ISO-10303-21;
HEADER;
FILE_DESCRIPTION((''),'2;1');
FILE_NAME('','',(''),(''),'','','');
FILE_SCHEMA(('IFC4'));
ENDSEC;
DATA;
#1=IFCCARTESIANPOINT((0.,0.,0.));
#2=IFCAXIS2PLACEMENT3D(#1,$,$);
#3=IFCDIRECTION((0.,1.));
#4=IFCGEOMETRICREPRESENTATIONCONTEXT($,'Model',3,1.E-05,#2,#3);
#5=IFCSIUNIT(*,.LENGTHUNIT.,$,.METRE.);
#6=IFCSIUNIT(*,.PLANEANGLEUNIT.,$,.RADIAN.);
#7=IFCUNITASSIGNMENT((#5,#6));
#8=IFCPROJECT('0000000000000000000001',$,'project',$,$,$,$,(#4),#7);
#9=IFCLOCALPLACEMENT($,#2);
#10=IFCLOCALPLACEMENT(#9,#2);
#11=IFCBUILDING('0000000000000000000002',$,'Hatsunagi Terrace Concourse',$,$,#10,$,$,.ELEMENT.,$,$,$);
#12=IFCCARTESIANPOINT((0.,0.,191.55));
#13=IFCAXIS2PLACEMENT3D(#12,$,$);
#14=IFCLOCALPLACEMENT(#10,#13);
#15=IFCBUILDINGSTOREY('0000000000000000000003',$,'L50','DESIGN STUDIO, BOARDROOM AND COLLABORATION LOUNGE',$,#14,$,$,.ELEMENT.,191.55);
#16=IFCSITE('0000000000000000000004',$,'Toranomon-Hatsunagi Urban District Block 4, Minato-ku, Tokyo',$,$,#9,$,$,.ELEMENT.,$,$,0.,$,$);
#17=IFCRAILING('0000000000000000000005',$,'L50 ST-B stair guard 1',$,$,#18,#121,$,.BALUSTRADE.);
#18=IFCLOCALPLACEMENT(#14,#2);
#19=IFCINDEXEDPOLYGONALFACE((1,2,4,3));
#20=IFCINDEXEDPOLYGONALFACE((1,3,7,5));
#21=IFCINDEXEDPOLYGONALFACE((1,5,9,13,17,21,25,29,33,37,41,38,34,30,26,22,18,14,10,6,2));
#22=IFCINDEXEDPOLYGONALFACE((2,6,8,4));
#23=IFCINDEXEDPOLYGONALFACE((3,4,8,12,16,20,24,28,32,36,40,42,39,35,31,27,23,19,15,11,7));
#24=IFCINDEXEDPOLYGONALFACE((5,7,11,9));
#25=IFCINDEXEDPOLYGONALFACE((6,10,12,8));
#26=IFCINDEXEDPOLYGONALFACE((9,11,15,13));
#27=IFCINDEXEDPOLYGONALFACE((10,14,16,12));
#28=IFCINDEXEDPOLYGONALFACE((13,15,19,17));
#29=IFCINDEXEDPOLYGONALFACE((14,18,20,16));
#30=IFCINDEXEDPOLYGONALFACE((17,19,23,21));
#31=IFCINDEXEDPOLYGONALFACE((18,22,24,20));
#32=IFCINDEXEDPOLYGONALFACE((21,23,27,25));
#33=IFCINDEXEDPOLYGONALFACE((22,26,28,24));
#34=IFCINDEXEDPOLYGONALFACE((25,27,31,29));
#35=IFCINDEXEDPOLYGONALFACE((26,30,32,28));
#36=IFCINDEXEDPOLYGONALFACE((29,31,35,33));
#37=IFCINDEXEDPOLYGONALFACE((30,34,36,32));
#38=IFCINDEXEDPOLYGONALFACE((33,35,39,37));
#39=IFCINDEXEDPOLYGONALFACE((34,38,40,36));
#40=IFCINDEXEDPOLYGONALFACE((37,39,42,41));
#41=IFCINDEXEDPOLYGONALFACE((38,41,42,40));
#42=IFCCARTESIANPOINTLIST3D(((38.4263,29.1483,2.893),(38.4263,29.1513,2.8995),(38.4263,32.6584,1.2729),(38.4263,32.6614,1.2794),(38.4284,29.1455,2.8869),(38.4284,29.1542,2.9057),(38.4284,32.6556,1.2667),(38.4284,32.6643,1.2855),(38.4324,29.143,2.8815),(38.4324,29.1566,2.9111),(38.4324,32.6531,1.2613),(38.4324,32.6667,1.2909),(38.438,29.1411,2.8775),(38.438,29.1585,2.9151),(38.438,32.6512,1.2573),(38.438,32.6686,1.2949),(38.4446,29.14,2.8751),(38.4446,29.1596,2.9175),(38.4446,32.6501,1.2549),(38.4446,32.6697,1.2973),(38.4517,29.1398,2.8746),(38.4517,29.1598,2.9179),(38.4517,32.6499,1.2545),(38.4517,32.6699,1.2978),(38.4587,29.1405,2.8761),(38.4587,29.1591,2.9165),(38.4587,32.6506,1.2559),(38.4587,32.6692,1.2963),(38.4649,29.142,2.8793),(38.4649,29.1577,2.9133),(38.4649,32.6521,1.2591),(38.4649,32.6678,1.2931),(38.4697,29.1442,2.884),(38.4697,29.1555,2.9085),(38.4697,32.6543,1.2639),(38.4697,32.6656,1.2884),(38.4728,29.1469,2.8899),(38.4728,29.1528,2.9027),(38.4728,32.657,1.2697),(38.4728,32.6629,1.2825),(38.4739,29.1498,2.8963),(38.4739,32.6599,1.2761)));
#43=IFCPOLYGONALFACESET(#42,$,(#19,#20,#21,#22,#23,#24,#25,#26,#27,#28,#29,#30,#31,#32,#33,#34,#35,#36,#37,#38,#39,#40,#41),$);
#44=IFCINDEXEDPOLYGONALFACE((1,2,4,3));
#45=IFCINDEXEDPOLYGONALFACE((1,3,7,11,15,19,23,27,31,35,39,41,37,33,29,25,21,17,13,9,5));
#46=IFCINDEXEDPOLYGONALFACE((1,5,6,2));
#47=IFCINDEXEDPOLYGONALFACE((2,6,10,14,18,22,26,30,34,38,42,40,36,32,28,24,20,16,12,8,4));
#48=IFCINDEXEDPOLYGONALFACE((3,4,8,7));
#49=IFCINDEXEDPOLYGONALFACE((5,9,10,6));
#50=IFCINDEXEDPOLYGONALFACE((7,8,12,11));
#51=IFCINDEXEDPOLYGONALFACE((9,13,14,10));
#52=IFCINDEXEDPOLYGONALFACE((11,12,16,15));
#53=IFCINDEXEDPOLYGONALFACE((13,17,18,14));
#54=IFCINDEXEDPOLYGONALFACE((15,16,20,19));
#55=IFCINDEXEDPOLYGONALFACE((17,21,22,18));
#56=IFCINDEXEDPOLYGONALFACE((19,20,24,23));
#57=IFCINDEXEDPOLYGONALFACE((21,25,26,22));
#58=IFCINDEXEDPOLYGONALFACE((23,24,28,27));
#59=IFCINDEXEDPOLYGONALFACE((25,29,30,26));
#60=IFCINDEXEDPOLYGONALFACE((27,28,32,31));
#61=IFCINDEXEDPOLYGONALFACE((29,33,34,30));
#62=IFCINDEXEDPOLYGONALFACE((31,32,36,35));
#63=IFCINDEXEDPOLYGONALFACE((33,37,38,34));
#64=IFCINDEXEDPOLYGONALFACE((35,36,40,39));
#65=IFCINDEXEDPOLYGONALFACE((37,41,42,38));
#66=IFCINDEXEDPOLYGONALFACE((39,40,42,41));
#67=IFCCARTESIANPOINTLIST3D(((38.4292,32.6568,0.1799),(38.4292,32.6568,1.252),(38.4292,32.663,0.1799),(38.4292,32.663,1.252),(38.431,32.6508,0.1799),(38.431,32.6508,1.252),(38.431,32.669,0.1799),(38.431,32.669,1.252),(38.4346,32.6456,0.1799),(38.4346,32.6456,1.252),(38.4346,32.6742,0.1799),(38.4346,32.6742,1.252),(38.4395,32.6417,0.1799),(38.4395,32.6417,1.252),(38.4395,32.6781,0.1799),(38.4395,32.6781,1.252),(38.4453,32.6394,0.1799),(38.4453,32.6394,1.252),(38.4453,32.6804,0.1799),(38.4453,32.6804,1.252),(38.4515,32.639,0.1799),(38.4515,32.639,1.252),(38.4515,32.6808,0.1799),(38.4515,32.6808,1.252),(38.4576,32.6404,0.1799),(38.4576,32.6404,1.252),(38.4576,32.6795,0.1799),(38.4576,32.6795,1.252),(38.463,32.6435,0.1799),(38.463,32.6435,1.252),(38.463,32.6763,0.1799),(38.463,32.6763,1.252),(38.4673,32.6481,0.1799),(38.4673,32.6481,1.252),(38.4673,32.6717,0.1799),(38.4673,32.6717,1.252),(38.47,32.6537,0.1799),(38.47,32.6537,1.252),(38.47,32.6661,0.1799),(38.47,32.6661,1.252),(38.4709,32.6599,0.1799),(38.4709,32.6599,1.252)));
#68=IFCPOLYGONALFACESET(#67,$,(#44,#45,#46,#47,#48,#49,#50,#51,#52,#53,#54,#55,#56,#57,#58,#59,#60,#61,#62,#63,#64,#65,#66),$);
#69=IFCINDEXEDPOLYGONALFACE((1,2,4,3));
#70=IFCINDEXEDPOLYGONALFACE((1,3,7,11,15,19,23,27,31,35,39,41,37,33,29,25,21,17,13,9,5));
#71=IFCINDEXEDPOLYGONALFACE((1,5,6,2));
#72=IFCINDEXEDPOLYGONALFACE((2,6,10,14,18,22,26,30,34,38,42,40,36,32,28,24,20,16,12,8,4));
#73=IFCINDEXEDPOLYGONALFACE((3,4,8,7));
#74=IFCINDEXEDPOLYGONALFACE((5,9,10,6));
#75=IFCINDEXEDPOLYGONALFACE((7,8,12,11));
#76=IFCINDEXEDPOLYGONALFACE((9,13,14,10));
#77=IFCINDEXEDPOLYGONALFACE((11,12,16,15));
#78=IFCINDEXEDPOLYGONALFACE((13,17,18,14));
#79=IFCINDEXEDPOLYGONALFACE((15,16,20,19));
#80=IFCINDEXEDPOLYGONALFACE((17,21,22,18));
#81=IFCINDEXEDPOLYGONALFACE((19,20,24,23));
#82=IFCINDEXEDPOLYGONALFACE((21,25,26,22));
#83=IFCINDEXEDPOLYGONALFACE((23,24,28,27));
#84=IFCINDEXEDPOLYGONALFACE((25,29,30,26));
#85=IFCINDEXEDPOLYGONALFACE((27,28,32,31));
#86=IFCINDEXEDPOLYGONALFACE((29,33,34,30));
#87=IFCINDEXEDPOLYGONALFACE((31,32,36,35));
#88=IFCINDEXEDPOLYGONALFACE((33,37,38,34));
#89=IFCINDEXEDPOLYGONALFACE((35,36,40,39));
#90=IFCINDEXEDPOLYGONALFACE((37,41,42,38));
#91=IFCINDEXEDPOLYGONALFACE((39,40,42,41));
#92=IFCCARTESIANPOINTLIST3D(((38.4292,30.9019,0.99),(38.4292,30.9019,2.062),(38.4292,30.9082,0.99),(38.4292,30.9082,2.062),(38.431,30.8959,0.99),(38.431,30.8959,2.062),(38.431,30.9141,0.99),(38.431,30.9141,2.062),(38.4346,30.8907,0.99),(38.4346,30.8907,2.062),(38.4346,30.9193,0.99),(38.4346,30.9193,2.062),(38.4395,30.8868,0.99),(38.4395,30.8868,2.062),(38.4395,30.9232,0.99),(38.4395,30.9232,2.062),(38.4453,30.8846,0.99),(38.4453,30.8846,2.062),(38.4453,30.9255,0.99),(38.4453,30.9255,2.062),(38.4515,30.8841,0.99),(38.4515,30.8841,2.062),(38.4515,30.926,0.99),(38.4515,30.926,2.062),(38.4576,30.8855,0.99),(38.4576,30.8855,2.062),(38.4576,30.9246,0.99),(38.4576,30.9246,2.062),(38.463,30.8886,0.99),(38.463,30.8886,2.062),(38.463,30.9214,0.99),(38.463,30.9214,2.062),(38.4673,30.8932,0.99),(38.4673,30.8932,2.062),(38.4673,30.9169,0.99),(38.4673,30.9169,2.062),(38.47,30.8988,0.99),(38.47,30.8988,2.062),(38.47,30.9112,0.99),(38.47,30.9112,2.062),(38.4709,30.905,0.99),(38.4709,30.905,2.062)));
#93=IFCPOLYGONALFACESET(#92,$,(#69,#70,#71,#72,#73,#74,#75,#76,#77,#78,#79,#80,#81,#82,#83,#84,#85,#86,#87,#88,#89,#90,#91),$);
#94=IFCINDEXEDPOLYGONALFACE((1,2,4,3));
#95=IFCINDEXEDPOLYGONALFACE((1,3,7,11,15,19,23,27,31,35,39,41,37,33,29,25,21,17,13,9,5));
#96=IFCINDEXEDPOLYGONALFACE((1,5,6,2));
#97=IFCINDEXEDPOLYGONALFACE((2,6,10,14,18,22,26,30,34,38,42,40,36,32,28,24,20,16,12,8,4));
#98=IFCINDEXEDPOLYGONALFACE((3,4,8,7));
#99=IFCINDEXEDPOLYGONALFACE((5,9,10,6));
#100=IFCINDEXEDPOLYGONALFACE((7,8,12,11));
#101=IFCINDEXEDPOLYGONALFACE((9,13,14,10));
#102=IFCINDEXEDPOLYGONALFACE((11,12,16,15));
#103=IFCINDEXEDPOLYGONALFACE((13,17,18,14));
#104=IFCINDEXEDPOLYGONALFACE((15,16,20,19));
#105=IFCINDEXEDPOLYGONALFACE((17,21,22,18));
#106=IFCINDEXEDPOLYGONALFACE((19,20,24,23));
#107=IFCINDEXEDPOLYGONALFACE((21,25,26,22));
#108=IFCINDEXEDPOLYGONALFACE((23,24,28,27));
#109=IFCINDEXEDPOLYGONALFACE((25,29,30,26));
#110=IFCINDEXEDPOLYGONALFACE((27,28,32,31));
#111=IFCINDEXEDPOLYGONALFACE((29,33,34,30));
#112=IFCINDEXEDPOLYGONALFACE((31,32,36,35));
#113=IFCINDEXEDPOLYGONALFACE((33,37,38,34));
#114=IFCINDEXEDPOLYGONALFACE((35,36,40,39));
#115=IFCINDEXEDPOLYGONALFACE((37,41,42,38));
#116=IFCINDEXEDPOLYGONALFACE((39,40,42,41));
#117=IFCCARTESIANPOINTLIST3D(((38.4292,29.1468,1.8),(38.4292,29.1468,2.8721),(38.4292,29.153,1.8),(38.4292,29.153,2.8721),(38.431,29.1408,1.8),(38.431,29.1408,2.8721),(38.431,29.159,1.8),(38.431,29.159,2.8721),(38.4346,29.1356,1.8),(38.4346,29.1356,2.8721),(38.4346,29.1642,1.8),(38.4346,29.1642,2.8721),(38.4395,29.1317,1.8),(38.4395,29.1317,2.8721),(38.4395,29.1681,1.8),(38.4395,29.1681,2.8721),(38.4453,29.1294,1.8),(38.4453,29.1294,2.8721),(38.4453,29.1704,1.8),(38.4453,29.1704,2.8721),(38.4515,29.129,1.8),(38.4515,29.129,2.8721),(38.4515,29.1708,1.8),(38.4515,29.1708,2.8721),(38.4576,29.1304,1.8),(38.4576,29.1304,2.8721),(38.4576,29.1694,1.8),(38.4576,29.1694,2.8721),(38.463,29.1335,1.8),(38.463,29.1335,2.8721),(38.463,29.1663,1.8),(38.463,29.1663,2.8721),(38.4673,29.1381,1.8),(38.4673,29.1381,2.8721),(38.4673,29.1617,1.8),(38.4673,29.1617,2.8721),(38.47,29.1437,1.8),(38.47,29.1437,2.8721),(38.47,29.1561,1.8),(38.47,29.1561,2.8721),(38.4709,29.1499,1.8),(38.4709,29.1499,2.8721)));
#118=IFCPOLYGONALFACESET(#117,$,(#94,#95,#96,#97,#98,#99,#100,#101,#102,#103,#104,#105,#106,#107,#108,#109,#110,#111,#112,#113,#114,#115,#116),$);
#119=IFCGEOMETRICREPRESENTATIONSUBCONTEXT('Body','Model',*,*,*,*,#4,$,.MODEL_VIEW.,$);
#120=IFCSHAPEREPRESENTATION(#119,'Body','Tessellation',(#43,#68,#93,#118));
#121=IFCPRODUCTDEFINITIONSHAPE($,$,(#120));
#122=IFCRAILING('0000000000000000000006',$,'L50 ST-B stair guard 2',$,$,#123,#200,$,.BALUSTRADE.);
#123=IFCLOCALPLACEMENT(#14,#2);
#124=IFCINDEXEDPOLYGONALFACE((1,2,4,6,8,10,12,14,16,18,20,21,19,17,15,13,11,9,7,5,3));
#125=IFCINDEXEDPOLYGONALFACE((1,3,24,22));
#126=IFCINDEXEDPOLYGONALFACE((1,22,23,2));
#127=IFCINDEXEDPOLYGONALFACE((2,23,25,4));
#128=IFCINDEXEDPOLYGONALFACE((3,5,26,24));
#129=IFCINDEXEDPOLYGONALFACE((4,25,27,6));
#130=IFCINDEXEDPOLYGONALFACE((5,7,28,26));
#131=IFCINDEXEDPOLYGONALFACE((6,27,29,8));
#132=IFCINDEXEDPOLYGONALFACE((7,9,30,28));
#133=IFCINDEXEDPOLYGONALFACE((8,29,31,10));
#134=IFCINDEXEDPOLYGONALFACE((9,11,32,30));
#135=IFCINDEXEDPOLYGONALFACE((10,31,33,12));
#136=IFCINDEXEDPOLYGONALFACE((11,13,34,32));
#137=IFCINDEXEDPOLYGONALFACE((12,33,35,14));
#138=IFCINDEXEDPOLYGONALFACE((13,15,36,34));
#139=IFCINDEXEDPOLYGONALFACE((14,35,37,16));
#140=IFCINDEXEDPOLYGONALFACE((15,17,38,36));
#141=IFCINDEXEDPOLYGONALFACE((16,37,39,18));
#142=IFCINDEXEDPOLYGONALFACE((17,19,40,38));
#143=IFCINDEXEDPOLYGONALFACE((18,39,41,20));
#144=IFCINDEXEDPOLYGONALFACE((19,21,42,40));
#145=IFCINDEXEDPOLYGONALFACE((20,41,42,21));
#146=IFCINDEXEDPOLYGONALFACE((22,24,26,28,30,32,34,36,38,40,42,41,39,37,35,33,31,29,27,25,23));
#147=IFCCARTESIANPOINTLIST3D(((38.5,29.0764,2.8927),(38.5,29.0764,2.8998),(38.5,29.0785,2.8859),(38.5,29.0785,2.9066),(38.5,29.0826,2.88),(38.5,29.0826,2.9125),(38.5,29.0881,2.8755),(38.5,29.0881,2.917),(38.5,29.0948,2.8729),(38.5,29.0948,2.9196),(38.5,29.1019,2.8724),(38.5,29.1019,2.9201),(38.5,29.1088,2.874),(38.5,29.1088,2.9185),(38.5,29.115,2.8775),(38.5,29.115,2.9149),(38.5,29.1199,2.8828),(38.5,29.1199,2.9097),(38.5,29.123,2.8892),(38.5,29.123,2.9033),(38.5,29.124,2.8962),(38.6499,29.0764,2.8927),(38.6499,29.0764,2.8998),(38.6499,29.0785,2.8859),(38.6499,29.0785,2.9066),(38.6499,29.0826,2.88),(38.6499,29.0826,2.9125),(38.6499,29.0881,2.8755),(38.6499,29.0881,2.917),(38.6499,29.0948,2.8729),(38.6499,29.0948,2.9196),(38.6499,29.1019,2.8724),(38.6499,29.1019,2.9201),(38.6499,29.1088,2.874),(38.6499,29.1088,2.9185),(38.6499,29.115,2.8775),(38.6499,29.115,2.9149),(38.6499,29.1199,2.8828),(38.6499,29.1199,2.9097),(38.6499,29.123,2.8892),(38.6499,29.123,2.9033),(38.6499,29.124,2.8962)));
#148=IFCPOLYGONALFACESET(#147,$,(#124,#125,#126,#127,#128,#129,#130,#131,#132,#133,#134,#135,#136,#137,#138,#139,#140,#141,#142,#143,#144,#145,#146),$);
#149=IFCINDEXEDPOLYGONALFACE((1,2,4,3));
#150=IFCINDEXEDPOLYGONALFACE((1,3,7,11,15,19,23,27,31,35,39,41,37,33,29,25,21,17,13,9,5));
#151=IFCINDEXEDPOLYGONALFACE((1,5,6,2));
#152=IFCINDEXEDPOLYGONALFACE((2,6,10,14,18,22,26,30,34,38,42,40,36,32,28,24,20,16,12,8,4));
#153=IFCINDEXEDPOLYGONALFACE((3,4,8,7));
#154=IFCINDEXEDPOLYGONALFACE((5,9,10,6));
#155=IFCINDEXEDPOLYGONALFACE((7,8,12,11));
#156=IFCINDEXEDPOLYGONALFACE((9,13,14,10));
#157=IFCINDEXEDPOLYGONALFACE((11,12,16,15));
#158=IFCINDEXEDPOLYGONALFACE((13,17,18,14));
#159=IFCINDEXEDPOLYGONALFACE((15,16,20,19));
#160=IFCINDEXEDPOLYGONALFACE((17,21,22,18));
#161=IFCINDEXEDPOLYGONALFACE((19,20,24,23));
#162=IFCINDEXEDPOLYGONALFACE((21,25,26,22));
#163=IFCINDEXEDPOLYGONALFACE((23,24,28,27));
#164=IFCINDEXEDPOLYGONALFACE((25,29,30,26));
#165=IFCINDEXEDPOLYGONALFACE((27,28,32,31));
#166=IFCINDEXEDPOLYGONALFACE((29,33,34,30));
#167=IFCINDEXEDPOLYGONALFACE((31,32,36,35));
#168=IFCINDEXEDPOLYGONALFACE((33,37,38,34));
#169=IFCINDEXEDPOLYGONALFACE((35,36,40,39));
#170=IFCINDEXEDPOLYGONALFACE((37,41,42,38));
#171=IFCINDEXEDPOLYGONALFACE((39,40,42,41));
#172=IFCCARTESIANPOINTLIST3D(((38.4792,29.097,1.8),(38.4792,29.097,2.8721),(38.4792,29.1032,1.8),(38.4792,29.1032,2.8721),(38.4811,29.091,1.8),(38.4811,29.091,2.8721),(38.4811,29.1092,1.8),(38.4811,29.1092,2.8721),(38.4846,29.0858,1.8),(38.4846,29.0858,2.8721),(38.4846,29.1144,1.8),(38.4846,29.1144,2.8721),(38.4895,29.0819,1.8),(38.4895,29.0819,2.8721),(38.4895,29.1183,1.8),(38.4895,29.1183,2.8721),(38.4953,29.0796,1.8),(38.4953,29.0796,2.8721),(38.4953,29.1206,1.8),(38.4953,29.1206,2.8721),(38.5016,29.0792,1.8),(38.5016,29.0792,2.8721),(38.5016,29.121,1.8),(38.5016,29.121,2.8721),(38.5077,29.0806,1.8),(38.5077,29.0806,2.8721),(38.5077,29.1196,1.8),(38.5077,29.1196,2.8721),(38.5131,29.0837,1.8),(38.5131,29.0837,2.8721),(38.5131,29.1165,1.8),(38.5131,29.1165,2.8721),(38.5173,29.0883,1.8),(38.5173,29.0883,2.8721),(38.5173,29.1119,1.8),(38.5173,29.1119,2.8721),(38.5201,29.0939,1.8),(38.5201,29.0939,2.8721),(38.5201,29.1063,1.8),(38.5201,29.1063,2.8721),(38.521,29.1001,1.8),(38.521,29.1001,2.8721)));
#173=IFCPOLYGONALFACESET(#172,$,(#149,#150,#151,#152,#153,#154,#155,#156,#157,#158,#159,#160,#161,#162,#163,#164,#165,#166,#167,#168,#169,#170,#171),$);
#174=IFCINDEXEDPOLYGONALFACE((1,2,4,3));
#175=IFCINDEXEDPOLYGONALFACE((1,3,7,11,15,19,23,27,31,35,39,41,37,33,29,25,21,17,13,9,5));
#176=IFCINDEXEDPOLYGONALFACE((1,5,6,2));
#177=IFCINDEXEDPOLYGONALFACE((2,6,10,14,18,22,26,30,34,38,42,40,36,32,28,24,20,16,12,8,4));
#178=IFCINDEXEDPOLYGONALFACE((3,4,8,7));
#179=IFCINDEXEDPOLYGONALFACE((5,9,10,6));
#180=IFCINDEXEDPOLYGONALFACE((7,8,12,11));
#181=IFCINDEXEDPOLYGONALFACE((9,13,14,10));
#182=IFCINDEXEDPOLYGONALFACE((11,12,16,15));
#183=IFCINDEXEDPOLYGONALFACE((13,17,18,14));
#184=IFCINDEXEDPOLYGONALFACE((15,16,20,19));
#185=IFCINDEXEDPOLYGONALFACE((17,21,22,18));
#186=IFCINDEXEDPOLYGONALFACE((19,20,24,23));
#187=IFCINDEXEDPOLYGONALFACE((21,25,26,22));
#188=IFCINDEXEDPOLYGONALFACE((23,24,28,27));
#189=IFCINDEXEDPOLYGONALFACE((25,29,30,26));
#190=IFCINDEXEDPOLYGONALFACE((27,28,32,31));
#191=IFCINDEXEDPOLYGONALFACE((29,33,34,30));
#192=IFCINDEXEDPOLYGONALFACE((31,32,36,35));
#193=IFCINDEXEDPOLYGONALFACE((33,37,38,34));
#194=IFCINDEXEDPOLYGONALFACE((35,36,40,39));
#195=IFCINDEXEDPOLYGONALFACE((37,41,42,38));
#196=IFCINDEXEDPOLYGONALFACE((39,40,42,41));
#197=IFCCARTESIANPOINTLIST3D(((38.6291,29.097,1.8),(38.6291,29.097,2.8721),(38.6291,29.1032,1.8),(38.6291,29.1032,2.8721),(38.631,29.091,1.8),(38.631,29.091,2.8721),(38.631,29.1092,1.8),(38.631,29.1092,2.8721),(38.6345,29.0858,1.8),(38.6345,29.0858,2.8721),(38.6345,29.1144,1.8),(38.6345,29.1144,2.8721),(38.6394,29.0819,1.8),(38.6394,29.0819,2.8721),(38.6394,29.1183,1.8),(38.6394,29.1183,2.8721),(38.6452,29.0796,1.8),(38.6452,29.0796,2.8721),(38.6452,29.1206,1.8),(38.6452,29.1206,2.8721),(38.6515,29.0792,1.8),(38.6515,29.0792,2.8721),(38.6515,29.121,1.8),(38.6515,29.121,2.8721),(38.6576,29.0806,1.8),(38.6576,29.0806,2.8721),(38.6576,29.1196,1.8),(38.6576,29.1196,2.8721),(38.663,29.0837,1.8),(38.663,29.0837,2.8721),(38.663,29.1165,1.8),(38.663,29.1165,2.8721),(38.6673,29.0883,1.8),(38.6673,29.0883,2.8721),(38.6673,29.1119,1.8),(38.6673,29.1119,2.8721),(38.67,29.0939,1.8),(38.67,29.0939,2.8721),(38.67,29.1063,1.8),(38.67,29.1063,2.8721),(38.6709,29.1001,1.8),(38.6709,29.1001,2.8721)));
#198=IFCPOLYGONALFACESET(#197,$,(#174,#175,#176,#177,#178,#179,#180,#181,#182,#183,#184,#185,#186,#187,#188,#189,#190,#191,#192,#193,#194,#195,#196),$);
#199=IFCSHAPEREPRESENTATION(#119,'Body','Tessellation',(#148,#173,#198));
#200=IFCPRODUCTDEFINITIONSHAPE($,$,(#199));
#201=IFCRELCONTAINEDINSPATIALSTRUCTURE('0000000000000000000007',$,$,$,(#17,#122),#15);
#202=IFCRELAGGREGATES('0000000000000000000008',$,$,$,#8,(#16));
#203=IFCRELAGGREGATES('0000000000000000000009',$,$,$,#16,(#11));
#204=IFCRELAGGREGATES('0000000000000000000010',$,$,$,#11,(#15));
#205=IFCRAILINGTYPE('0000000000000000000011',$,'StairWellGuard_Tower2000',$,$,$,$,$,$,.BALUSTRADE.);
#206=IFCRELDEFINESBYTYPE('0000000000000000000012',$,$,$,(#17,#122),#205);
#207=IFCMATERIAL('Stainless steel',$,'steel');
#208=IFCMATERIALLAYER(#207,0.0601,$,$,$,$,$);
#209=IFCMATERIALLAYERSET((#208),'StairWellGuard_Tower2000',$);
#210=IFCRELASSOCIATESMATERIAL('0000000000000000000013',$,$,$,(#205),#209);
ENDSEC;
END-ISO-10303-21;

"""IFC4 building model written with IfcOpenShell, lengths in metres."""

from ifc_helpers import new_model, si_unit, direction, frame, origin, origin_2d, place, context, subcontext, project, spatial, circle, extrude, material, layer, layer_set, type_object, element, save


model = new_model("IFC4")

# Units and contexts
model_context = context("Model", 3, precision=1e-05, world=origin(), true_north=direction((0.0, 1.0)))
body_context = subcontext(model_context, "Body", "Model", "MODEL_VIEW")
ifc_project = project(units=[si_unit("LENGTHUNIT", "METRE"), si_unit("PLANEANGLEUNIT", "RADIAN")], contexts=[model_context])

# Site, building, storey
site_placement = place(None, origin())
site = spatial("IfcSite", under=ifc_project, at=site_placement, Name="Toranomon-Hatsunagi Urban District Block 4, Minato-ku, Tokyo", CompositionType="ELEMENT", RefElevation=0.0)
building_placement = place(site_placement, origin())
building = spatial("IfcBuilding", under=site, at=building_placement, Name="Hatsunagi Terrace Concourse", CompositionType="ELEMENT")
storey_placement = place(building_placement, frame((0.0, 0.0, 191.55)))
storey = spatial("IfcBuildingStorey", under=building, at=storey_placement, Name="L50", Description="DESIGN STUDIO, BOARDROOM AND COLLABORATION LOUNGE", CompositionType="ELEMENT", Elevation=191.55)

# Railings
ifc_material_1 = material(Name="Stainless steel", Category="steel")
ifc_layer_1 = layer(ifc_material_1, 0.0601)
ifc_layer_set_1 = layer_set([ifc_layer_1], Name="StairWellGuard_Tower2000")
railing_type_1 = type_object("IfcRailingType", Name="StairWellGuard_Tower2000", PredefinedType="BALUSTRADE", material=ifc_layer_set_1)
railing_1_placement = place(storey_placement, frame((38.45, 32.6599, 0.1799)))
element("IfcRailing", 1, at=railing_1_placement, inside=storey, type_object=railing_type_1, Name="L50 ST-B stair guard 1", PredefinedType="BALUSTRADE", context=body_context, shape_type="SweptSolid", body=[
    extrude(circle(Radius=0.0239, at=origin_2d()), frame((0.0, 0.0, 1.0962), z_axis=(0.0, -0.907948, 0.419082), x_axis=(1.0, 0.0, 0.0)), (0.0, 0.0, 1.0), 3.866),
    extrude(circle(Radius=0.021, at=origin_2d()), origin(), (0.0, 0.0, 1.0), 1.072),
    extrude(circle(Radius=0.021, at=origin_2d()), frame((0.0, -1.7549, 0.8101)), (0.0, 0.0, 1.0), 1.072),
    extrude(circle(Radius=0.021, at=origin_2d()), frame((0.0, -3.51, 1.6201)), (0.0, 0.0, 1.0), 1.072),
])
railing_2_placement = place(storey_placement, frame((38.5, 29.1001, 1.8)))
element("IfcRailing", 2, at=railing_2_placement, inside=storey, type_object=railing_type_1, Name="L50 ST-B stair guard 2", PredefinedType="BALUSTRADE", context=body_context, shape_type="SweptSolid", body=[
    extrude(circle(Radius=0.0239, at=origin_2d()), frame((0.0, 0.0, 1.0962), z_axis=(1.0, 0.0, 0.0), x_axis=(0.0, 1.0, 0.0)), (0.0, 0.0, 1.0), 0.1499),
    extrude(circle(Radius=0.021, at=origin_2d()), origin(), (0.0, 0.0, 1.0), 1.072),
    extrude(circle(Radius=0.021, at=origin_2d()), frame((0.1499, 0.0, 0.0)), (0.0, 0.0, 1.0), 1.072),
])

save(model, "model.ifc")
